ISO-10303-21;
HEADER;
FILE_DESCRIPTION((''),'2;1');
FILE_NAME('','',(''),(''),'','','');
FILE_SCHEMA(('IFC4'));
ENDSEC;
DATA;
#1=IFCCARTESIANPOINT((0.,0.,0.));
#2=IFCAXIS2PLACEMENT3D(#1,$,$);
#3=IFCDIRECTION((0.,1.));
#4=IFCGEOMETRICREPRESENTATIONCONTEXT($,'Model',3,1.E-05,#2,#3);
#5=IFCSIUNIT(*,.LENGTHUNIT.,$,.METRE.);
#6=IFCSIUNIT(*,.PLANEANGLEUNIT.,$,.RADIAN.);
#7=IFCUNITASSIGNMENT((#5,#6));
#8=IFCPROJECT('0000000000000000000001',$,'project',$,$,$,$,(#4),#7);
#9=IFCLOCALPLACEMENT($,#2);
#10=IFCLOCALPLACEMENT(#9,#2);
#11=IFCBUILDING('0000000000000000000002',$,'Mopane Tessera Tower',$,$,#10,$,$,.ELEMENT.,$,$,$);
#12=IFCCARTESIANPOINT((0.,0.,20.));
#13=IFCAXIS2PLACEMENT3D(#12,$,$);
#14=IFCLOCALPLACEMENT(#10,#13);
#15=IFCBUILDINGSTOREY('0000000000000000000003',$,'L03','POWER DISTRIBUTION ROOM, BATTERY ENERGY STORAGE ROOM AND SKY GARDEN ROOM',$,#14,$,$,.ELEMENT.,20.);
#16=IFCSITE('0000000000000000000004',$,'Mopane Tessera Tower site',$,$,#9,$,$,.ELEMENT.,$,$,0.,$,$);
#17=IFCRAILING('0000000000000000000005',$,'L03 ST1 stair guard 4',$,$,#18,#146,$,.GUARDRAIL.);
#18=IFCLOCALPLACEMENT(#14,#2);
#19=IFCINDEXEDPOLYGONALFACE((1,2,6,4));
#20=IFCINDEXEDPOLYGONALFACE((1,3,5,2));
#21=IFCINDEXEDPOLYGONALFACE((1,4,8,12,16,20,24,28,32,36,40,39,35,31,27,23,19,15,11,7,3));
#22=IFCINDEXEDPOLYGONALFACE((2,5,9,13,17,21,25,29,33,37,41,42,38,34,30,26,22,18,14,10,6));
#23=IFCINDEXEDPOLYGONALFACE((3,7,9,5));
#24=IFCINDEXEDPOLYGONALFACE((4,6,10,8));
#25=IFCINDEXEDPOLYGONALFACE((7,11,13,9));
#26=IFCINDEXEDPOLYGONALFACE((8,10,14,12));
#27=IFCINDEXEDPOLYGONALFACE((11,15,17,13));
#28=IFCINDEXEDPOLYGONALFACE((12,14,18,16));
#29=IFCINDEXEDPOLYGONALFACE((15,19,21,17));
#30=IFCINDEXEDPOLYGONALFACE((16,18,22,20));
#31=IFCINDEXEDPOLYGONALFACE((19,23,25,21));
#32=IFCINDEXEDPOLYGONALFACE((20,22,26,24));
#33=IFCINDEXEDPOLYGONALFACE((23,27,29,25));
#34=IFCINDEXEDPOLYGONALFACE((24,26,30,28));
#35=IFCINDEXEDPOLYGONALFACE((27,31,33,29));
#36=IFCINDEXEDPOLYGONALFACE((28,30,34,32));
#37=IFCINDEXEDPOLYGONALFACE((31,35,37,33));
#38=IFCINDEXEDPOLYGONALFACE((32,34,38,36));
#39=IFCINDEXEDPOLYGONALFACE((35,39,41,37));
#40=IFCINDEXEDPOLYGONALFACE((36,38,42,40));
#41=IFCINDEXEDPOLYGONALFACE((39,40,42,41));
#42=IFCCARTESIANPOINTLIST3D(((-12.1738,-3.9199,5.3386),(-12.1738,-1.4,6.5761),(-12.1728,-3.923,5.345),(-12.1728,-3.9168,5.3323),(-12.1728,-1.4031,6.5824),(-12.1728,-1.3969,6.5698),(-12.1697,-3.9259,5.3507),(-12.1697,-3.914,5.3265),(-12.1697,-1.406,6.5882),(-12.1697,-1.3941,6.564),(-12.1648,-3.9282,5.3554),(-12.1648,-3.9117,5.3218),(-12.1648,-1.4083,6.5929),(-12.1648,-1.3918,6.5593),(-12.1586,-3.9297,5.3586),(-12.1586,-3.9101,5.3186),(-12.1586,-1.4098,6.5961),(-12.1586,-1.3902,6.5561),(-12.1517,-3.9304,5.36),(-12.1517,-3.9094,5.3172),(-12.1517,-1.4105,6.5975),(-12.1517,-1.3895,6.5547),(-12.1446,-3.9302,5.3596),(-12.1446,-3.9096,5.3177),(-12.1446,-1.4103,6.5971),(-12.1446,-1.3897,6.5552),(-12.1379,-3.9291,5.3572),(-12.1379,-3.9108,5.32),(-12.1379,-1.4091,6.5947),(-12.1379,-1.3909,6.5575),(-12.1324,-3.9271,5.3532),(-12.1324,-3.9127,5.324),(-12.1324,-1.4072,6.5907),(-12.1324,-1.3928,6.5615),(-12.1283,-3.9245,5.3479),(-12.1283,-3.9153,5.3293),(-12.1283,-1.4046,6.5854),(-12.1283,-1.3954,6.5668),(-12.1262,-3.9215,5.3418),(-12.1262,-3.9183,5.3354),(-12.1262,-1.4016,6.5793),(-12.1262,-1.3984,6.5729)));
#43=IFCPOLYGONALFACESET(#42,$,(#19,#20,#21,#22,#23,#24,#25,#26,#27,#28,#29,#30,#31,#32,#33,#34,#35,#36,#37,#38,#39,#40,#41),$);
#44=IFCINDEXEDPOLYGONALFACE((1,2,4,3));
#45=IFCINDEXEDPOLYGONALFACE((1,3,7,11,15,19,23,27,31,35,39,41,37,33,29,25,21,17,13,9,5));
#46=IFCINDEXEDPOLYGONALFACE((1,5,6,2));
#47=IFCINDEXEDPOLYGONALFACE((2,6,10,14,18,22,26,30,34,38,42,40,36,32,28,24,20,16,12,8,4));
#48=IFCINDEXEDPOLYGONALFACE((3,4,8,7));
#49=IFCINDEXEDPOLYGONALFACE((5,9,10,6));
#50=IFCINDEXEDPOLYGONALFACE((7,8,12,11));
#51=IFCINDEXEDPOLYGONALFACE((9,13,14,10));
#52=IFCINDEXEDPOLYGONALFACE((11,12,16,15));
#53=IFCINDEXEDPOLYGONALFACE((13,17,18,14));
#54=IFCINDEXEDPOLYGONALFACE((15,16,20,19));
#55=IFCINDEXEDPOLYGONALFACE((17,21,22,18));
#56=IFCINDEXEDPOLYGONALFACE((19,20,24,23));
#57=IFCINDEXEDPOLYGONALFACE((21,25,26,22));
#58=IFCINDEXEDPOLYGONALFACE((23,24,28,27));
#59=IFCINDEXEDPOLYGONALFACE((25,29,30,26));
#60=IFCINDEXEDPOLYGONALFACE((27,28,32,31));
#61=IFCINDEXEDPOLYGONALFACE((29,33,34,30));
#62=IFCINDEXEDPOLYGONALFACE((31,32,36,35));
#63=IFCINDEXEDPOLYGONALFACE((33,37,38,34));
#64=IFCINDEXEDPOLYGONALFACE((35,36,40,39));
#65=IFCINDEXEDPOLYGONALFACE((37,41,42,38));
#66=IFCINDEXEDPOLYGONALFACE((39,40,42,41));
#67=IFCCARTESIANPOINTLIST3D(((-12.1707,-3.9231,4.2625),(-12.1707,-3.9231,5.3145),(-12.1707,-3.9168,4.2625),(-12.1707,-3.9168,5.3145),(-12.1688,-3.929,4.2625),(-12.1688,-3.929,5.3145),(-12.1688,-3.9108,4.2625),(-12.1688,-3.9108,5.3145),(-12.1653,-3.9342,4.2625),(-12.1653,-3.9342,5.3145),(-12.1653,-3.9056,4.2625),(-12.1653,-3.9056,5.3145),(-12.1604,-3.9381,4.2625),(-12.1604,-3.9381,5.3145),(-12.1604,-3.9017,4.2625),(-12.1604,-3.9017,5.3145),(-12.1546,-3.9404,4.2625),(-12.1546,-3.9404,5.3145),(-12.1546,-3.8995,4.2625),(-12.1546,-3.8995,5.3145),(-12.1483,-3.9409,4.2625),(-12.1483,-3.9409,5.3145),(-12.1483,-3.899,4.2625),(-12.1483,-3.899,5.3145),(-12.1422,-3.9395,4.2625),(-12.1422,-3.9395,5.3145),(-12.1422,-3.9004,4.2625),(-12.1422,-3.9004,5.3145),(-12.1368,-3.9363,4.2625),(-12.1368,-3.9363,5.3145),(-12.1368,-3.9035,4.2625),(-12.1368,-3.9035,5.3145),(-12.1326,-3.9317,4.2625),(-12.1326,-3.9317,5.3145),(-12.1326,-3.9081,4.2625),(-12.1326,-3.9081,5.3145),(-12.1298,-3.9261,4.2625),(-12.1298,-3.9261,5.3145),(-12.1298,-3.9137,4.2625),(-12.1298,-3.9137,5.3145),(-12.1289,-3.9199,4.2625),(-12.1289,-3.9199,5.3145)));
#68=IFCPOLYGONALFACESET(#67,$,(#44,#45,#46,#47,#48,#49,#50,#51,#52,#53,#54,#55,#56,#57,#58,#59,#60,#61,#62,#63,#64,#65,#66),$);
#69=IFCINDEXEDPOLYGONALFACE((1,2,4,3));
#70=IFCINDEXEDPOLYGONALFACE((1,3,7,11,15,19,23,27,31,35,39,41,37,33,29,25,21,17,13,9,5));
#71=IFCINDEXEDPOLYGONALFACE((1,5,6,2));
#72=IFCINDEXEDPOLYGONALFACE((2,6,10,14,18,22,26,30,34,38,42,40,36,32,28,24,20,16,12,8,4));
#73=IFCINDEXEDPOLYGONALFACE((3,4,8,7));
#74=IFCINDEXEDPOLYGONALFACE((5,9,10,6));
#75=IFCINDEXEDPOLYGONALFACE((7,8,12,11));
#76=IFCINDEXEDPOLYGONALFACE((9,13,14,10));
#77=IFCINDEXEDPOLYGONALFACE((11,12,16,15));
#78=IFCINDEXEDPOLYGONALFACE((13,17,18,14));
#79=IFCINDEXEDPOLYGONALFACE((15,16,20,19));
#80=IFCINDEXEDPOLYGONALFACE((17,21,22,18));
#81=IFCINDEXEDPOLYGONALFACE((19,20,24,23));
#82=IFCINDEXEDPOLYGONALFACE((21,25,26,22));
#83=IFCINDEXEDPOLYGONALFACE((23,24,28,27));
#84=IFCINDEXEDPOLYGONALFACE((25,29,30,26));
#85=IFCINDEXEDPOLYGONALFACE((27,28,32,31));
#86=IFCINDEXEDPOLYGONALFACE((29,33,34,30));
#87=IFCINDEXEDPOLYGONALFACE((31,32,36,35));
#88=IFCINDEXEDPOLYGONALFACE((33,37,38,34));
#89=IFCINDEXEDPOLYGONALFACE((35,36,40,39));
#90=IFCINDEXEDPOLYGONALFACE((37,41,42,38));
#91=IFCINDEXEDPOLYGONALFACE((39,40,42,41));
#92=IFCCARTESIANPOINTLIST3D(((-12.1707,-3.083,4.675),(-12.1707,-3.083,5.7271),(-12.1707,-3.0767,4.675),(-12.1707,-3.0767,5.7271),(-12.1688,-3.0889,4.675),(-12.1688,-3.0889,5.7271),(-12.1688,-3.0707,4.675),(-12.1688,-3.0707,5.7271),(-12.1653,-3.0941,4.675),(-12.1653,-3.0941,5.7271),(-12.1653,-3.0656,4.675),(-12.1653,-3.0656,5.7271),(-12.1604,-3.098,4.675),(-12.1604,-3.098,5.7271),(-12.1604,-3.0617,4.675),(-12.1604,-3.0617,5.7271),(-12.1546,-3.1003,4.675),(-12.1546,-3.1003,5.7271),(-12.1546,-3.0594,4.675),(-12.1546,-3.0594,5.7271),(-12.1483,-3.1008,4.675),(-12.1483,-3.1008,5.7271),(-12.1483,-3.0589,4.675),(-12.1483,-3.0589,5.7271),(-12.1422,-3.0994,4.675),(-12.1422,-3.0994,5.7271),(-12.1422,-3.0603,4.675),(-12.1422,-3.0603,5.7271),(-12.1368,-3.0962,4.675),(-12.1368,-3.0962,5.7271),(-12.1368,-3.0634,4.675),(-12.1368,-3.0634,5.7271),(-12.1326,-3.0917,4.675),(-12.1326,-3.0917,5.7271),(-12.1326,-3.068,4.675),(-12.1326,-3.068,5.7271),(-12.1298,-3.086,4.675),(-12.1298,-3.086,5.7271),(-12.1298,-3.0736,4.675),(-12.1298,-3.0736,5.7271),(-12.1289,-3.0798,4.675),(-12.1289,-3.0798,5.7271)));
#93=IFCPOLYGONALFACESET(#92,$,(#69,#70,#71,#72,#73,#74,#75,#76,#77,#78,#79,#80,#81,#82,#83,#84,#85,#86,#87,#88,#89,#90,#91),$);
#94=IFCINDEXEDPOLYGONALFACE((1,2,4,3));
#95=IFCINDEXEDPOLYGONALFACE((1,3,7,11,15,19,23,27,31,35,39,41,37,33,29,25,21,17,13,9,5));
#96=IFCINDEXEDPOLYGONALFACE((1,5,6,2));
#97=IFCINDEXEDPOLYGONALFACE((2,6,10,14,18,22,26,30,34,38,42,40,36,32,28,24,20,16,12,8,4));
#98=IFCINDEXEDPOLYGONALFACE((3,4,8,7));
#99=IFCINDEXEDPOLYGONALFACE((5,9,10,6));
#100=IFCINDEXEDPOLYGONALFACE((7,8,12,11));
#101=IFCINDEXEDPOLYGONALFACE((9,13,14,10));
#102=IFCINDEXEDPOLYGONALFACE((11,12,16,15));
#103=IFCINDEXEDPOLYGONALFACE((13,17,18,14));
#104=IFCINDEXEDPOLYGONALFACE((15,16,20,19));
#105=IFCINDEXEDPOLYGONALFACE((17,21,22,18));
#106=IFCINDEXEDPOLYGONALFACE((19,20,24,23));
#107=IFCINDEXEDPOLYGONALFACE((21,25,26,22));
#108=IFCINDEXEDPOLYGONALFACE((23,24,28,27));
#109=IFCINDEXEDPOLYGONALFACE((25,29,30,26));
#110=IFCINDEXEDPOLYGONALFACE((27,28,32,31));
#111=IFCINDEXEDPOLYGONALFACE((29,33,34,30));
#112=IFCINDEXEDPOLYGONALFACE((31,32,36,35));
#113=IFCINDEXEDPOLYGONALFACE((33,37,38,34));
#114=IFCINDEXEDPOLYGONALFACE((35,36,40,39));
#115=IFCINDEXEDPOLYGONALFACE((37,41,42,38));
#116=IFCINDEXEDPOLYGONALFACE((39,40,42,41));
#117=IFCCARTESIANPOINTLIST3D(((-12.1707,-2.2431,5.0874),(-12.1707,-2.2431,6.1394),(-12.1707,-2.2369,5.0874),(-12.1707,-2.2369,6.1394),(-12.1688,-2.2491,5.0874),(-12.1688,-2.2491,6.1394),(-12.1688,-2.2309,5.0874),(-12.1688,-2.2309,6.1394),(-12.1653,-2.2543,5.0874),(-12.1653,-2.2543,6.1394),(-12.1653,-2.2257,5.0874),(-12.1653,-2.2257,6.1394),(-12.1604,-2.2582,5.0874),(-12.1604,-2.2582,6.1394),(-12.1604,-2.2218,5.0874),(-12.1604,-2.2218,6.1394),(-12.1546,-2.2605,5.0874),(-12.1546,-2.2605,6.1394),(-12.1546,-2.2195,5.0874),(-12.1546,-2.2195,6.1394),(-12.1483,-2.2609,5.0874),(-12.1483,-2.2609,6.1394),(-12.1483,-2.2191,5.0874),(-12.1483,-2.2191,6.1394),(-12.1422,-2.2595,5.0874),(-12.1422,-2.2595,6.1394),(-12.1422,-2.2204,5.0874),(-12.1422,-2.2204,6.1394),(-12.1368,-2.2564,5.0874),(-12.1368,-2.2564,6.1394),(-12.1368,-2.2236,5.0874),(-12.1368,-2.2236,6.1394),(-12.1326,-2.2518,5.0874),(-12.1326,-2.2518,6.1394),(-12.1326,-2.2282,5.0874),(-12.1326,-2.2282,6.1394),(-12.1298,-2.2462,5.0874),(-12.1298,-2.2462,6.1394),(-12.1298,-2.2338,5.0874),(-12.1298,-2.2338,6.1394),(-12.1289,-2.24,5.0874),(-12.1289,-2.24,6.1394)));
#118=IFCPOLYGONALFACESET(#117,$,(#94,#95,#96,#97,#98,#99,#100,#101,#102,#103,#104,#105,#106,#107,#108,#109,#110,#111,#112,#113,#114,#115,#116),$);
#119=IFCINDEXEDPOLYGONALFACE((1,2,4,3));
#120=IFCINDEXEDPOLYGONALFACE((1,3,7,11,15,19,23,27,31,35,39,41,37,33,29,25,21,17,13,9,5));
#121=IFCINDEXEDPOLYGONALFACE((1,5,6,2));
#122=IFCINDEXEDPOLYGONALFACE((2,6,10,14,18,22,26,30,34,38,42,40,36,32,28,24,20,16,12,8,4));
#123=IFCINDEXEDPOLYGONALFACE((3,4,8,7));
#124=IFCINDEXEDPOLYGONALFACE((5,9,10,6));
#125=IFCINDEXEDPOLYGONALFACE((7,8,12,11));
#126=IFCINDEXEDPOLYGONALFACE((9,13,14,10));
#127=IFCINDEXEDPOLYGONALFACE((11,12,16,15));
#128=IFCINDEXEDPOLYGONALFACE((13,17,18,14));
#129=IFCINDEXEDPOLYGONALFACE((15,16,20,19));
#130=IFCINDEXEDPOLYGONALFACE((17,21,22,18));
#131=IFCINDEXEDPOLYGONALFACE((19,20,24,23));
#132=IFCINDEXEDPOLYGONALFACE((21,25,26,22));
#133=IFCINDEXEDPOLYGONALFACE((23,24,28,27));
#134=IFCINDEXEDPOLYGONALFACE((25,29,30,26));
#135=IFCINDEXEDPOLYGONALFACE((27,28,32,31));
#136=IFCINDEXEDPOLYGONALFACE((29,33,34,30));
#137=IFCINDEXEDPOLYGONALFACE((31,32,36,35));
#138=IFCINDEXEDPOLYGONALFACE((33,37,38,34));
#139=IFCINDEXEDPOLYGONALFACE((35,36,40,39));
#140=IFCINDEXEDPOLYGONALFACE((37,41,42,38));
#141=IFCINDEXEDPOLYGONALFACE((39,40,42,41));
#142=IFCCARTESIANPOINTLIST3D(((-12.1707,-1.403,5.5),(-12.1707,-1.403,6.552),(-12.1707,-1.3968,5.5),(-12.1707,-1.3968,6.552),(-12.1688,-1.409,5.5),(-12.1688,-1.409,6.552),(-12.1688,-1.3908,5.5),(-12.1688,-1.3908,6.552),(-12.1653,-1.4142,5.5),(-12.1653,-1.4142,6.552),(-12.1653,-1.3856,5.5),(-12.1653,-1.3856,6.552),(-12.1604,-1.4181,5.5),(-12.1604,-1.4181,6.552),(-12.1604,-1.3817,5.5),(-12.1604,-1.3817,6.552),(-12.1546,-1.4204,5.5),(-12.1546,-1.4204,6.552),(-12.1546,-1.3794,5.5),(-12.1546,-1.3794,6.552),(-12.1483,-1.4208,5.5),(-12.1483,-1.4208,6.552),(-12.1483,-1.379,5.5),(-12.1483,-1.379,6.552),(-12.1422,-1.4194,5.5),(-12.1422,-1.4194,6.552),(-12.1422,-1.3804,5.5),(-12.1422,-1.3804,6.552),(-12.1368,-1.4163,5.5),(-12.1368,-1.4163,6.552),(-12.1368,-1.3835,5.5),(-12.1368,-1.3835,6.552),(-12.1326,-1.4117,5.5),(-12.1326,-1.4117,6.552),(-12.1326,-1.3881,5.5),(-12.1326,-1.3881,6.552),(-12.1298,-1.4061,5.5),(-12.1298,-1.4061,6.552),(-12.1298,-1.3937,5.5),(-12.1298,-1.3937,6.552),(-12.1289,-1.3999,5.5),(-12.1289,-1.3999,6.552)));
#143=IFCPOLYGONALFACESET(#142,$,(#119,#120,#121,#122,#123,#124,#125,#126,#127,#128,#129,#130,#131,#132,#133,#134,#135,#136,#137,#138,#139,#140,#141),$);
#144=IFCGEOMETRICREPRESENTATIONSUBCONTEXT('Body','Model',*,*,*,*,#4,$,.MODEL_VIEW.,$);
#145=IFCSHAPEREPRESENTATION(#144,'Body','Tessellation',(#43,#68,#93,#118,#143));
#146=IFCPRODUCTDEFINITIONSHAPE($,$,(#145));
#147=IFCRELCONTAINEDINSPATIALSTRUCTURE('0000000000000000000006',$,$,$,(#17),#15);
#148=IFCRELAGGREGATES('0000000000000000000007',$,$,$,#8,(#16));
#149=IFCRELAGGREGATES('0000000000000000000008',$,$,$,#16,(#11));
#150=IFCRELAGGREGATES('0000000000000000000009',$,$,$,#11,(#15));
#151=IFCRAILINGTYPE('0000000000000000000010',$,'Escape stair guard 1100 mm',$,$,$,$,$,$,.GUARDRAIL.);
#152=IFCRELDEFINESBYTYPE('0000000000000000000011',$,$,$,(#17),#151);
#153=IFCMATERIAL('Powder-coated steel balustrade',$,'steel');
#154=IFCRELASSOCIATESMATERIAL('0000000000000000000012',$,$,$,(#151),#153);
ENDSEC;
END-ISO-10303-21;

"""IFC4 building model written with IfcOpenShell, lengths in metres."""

from ifc_helpers import new_model, si_unit, direction, frame, origin, origin_2d, place, context, subcontext, project, spatial, circle, extrude, material, type_object, element, save


model = new_model("IFC4")

# Units and contexts
model_context = context("Model", 3, precision=1e-05, world=origin(), true_north=direction((0.0, 1.0)))
body_context = subcontext(model_context, "Body", "Model", "MODEL_VIEW")
ifc_project = project(units=[si_unit("LENGTHUNIT", "METRE"), si_unit("PLANEANGLEUNIT", "RADIAN")], contexts=[model_context])

# Site, building, storey
site_placement = place(None, origin())
site = spatial("IfcSite", under=ifc_project, at=site_placement, Name="Mopane Tessera Tower site", CompositionType="ELEMENT", RefElevation=0.0)
building_placement = place(site_placement, origin())
building = spatial("IfcBuilding", under=site, at=building_placement, Name="Mopane Tessera Tower", CompositionType="ELEMENT")
storey_placement = place(building_placement, frame((0.0, 0.0, 20.0)))
storey = spatial("IfcBuildingStorey", under=building, at=storey_placement, Name="L03", Description="POWER DISTRIBUTION ROOM, BATTERY ENERGY STORAGE ROOM AND SKY GARDEN ROOM", CompositionType="ELEMENT", Elevation=20.0)

# Railing
ifc_material_1 = material(Name="Powder-coated steel balustrade", Category="steel")
railing_type_1 = type_object("IfcRailingType", Name="Escape stair guard 1100 mm", PredefinedType="GUARDRAIL", material=ifc_material_1)
railing_1_placement = place(storey_placement, frame((-12.1499, -3.9199, 4.2625)))
element("IfcRailing", 1, at=railing_1_placement, inside=storey, type_object=railing_type_1, Name="L03 ST1 stair guard 4", PredefinedType="GUARDRAIL", context=body_context, shape_type="SweptSolid", body=[
    extrude(circle(Radius=0.0239, at=origin_2d()), frame((0.0, 0.0, 1.0762), z_axis=(0.0, 0.897604, 0.440802), x_axis=(-1.0, 0.0, 0.0)), (0.0, 0.0, 1.0), 2.8074),
    extrude(circle(Radius=0.021, at=origin_2d()), origin(), (0.0, 0.0, 1.0), 1.052),
    extrude(circle(Radius=0.021, at=origin_2d()), frame((0.0, 0.8401, 0.4126)), (0.0, 0.0, 1.0), 1.052),
    extrude(circle(Radius=0.021, at=origin_2d()), frame((0.0, 1.6799, 0.825)), (0.0, 0.0, 1.0), 1.052),
    extrude(circle(Radius=0.021, at=origin_2d()), frame((0.0, 2.52, 1.2375)), (0.0, 0.0, 1.0), 1.052),
])

save(model, "model.ifc")
